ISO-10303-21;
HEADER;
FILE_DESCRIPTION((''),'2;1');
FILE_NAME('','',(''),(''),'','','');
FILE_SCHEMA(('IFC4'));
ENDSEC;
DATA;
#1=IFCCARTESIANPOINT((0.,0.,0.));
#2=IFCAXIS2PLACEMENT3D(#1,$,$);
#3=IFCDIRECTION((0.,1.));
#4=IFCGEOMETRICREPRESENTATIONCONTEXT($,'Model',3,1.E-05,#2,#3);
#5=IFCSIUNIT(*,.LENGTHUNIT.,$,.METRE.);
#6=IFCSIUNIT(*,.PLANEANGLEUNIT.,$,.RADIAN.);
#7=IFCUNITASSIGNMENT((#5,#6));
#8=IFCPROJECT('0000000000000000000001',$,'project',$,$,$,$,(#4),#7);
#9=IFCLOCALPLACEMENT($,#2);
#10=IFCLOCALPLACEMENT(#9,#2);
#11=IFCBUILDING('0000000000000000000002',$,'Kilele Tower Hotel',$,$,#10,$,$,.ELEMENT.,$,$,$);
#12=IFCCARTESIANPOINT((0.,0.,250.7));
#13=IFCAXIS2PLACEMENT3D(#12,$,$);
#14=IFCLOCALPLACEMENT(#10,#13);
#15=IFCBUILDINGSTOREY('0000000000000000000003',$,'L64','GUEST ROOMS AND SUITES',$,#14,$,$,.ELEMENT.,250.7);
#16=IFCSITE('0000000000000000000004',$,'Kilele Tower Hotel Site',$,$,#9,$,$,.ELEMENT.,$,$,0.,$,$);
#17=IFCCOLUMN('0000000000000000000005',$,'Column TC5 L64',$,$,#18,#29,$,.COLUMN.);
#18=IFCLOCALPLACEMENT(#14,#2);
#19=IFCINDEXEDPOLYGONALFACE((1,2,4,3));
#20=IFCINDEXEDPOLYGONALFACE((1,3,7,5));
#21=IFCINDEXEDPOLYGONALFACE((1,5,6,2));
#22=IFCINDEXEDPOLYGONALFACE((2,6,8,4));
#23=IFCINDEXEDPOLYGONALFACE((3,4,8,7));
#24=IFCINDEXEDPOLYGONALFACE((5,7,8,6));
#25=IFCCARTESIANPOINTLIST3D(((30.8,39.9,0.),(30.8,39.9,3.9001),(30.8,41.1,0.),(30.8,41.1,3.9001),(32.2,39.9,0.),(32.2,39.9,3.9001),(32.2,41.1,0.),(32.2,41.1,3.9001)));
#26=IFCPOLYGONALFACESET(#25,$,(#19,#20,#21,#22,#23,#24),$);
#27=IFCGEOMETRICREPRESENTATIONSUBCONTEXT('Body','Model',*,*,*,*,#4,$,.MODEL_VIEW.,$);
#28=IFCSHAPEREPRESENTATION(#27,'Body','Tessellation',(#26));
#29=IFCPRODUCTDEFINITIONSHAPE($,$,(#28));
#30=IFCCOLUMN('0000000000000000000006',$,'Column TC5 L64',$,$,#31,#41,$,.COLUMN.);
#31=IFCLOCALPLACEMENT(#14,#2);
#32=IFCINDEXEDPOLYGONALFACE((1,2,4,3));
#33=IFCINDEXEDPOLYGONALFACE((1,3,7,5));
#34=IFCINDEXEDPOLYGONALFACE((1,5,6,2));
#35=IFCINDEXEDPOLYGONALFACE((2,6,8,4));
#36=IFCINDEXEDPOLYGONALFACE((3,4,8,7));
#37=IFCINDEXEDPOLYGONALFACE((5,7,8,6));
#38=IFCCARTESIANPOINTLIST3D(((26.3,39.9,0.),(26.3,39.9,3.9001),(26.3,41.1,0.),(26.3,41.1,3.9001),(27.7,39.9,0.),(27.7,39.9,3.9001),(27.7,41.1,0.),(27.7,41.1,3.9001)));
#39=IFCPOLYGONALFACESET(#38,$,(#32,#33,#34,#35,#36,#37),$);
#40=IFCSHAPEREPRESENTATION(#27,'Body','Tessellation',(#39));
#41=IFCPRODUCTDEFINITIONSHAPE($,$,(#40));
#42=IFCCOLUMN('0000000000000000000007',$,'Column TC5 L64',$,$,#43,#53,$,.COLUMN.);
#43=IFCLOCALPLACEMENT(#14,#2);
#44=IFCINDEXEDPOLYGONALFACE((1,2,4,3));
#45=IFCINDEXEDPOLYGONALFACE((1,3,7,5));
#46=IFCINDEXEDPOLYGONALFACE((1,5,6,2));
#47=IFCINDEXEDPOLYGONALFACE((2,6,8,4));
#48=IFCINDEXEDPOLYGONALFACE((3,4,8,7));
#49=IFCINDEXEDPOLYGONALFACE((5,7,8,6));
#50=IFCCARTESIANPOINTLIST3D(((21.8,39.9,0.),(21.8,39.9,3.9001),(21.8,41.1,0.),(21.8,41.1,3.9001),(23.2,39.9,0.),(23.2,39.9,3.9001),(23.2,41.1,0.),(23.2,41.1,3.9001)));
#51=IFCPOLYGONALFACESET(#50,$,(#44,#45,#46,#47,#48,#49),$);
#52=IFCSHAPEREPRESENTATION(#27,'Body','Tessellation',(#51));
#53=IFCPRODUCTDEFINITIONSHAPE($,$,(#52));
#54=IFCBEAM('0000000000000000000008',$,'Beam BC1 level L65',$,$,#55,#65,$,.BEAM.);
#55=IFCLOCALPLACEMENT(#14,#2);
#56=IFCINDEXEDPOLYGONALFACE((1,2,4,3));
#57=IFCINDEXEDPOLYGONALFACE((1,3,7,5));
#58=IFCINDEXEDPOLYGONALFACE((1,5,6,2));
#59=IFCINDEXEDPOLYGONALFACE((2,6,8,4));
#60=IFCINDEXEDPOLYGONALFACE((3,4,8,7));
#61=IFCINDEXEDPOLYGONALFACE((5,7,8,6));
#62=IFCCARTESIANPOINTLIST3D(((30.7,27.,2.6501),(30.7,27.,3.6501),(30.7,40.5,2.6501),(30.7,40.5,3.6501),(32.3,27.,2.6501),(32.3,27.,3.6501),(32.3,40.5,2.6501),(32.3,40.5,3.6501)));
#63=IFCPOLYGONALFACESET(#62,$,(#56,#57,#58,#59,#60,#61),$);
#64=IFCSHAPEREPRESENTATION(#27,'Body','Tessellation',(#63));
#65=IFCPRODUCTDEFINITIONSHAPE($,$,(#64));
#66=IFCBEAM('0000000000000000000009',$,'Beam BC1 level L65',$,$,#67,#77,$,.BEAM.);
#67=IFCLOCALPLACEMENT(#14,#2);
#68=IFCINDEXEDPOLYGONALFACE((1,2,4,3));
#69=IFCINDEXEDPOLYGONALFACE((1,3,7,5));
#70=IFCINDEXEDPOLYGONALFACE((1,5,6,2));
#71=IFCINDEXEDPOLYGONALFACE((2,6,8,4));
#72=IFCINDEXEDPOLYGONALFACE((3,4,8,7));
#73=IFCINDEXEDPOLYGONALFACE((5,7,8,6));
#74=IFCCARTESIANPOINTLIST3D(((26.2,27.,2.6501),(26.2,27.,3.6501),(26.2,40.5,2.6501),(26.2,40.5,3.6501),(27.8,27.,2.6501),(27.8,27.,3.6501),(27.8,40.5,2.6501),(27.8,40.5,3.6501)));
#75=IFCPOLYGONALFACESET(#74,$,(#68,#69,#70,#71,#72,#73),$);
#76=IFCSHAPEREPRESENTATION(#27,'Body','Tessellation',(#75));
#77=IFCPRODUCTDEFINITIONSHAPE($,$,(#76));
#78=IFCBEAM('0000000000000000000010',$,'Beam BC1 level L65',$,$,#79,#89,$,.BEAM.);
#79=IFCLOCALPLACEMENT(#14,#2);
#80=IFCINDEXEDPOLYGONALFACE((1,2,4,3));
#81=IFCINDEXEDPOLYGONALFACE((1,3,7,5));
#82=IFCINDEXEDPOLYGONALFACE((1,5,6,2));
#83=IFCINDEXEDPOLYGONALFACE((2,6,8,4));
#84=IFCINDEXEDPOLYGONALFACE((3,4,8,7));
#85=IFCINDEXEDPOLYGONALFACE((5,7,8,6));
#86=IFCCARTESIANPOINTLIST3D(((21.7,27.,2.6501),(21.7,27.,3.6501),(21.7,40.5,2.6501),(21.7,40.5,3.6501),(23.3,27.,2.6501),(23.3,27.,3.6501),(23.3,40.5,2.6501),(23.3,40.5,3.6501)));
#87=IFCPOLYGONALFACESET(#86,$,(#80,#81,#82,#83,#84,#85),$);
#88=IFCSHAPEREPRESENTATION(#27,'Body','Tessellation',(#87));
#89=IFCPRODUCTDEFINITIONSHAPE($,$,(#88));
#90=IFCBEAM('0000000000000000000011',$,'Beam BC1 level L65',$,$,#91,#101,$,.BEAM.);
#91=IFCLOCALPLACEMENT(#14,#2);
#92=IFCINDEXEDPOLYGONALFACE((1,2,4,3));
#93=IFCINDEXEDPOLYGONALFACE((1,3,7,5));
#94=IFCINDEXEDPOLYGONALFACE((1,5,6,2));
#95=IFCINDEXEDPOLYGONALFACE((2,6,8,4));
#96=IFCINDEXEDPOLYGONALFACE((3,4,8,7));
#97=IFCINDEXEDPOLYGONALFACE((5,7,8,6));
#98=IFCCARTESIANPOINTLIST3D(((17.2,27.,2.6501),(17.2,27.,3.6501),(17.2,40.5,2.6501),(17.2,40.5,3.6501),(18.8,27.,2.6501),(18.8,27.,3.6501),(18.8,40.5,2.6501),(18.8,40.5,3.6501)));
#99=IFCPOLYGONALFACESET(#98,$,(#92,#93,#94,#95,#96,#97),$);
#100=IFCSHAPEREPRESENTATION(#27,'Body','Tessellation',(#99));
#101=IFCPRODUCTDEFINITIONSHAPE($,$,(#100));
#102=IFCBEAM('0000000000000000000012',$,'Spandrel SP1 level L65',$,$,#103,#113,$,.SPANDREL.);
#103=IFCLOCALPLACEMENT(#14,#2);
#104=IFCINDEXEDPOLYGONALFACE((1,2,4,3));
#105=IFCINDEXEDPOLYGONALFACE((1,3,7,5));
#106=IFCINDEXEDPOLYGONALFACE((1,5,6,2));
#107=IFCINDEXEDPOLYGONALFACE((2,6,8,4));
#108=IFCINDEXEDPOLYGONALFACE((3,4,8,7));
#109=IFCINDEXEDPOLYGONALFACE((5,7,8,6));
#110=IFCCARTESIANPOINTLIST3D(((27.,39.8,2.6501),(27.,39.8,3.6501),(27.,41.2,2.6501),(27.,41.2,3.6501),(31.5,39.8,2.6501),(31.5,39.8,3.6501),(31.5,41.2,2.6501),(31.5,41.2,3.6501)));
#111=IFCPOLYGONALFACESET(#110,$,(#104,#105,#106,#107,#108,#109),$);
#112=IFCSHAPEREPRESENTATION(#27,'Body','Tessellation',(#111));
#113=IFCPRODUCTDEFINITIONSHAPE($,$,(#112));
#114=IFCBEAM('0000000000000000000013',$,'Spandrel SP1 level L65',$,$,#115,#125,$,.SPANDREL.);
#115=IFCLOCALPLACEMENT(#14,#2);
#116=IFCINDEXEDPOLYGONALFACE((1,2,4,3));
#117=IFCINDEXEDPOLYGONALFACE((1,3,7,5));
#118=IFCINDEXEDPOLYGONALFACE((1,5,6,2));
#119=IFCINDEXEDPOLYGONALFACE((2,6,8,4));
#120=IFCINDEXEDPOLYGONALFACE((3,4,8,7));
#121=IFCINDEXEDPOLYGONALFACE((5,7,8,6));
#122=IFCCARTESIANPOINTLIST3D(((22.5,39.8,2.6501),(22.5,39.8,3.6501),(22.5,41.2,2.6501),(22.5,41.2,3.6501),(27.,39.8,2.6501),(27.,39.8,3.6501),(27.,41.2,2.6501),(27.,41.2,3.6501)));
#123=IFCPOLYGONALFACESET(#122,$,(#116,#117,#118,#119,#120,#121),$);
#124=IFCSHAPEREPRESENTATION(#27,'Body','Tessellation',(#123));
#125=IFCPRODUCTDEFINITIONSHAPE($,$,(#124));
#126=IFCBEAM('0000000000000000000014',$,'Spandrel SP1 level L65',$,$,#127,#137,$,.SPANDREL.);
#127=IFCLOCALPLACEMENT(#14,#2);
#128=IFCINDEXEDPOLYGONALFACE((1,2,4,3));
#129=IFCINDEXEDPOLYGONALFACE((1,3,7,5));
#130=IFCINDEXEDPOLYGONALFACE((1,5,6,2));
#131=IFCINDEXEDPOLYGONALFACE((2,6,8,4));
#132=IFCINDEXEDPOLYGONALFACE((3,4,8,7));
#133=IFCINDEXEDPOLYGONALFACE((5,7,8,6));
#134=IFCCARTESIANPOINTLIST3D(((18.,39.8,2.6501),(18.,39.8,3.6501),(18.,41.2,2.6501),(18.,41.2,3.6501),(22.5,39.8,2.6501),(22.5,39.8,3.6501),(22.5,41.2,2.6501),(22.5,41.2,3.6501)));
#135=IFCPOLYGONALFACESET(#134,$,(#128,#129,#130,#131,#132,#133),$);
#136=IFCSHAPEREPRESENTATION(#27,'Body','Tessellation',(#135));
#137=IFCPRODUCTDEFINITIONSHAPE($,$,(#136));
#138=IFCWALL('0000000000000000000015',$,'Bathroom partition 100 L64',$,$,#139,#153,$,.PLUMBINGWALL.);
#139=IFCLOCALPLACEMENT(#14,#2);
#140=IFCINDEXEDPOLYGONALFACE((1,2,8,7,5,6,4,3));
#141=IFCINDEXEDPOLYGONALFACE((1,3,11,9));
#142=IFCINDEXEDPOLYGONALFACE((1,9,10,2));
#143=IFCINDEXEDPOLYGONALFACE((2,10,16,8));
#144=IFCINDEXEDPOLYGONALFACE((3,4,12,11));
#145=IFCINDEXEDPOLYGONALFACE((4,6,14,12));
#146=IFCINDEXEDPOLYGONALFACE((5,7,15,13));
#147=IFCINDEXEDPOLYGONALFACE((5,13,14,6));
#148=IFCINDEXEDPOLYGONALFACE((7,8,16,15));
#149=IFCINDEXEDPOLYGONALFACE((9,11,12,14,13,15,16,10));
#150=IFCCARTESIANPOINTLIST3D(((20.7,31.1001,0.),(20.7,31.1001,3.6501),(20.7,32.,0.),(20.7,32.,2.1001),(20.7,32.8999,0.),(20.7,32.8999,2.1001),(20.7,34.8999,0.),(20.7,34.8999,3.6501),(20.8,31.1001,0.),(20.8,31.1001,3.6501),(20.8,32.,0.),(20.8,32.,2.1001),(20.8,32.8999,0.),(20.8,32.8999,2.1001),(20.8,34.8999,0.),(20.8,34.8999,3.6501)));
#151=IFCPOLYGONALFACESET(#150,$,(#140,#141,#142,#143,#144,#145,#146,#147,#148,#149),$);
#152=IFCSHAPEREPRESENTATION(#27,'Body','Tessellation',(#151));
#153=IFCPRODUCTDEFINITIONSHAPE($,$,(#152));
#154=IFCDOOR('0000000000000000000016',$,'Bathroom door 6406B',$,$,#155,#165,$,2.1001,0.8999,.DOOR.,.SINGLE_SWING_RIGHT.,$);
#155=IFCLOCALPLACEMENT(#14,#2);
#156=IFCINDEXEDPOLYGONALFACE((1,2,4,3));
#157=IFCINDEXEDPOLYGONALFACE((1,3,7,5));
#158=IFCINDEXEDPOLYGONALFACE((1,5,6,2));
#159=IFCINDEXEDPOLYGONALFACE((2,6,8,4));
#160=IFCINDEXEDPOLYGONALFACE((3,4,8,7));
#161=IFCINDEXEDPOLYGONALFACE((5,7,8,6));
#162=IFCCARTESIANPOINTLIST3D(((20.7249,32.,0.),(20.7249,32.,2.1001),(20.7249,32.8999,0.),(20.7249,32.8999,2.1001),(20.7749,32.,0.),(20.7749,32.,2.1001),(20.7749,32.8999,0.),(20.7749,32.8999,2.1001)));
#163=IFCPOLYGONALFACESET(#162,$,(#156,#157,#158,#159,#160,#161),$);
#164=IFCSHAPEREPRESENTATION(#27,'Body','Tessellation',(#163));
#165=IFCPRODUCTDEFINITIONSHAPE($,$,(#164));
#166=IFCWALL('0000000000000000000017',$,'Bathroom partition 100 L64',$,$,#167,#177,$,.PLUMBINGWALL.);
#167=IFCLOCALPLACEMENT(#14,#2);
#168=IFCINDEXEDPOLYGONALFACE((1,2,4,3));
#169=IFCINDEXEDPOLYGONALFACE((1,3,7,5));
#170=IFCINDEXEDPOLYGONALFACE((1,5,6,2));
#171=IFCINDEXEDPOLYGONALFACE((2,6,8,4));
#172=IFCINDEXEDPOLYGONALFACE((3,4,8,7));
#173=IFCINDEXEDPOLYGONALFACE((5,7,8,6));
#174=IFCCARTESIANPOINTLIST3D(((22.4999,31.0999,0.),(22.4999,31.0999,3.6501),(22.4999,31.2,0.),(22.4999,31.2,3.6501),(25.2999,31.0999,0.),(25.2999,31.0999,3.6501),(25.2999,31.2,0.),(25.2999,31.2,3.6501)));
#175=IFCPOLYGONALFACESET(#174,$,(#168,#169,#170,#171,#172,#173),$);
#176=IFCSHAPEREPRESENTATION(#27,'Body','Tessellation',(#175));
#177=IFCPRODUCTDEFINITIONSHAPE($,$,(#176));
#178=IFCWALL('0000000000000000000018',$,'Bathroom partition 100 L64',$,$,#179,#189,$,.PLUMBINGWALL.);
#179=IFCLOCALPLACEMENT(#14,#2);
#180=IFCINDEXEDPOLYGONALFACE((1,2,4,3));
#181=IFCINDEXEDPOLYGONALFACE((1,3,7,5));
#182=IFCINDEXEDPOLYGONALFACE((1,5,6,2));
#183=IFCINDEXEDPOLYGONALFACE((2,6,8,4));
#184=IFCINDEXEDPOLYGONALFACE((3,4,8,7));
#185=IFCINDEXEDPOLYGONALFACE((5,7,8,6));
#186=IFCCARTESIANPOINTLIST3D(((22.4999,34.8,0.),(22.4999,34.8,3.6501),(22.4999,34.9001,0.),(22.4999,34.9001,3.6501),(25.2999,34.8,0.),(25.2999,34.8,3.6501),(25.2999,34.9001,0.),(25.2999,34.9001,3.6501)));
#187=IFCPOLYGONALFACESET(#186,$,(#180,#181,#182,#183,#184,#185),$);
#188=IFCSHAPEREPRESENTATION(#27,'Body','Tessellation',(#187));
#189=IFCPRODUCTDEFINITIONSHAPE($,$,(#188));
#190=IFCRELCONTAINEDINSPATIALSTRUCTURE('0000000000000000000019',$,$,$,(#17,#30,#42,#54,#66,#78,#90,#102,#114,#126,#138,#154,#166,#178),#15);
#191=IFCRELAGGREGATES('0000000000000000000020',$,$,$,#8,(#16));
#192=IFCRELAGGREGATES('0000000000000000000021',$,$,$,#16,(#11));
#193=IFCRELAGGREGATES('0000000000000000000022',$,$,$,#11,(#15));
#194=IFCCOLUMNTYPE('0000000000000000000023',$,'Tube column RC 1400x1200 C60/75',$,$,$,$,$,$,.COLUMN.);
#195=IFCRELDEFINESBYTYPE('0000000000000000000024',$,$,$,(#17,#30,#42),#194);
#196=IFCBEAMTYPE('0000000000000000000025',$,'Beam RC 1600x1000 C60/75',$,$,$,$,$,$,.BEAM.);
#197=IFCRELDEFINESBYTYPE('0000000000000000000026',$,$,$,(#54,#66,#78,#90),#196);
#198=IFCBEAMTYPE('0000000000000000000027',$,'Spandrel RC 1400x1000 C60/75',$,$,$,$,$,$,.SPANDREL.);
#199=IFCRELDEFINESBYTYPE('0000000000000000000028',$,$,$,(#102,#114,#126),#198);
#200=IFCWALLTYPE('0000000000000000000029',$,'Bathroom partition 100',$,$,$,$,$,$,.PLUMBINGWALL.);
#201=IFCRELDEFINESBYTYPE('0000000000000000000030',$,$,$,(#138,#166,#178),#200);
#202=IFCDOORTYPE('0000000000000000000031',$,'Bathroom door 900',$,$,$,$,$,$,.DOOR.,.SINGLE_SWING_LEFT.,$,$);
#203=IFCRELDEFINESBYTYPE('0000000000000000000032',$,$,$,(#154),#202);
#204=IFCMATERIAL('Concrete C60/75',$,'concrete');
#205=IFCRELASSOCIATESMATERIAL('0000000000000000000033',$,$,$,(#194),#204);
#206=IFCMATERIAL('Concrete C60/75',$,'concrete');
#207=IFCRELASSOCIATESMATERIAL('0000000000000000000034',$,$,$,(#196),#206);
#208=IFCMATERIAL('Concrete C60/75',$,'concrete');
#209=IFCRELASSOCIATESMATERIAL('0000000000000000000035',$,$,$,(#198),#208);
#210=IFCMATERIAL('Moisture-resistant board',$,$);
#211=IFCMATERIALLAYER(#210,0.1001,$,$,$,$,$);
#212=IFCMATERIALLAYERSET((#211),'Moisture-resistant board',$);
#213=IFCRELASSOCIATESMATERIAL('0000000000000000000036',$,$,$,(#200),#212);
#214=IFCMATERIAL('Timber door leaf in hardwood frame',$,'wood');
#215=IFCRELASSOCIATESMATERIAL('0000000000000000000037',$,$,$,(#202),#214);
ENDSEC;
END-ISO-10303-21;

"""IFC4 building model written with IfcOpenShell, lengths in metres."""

from ifc_helpers import new_model, si_unit, direction, frame, frame_2d, origin, origin_2d, place, context, subcontext, project, spatial, rectangle, extrude, material, layer, layer_set, material_profile, profile_set, type_object, element, fill, save


model = new_model("IFC4")

# Units and contexts
model_context = context("Model", 3, precision=1e-05, world=origin(), true_north=direction((0.0, 1.0)))
body_context = subcontext(model_context, "Body", "Model", "MODEL_VIEW")
ifc_project = project(units=[si_unit("LENGTHUNIT", "METRE"), si_unit("PLANEANGLEUNIT", "RADIAN")], contexts=[model_context])

# Site, building, storey
site_placement = place(None, origin())
site = spatial("IfcSite", under=ifc_project, at=site_placement, Name="Kilele Tower Hotel Site", CompositionType="ELEMENT", RefElevation=0.0)
building_placement = place(site_placement, origin())
building = spatial("IfcBuilding", under=site, at=building_placement, Name="Kilele Tower Hotel", CompositionType="ELEMENT")
storey_placement = place(building_placement, frame((0.0, 0.0, 250.7)))
storey = spatial("IfcBuildingStorey", under=building, at=storey_placement, Name="L64", Description="GUEST ROOMS AND SUITES", CompositionType="ELEMENT", Elevation=250.7)

# Columns
ifc_material_1 = material(Name="Concrete C60/75", Category="concrete")
ifc_material_profile_1 = material_profile(ifc_material_1, rectangle(XDim=1.3999, YDim=1.2, at=origin_2d()))
ifc_profile_set_1 = profile_set([ifc_material_profile_1], Name="Concrete C60/75")
column_type = type_object("IfcColumnType", Name="Tube column RC 1400x1200 C60/75", PredefinedType="COLUMN", material=ifc_profile_set_1)
for number, where, z_axis, x_axis, name in (
    (1, (31.5, 40.5, 0.0), (0.0, 0.0, 1.0), (1.0, 0.0, 0.0), "Column TC5 L64"),
    (2, (27.0, 40.5, 0.0), (0.0, 0.0, 1.0), (1.0, 0.0, 0.0), "Column TC5 L64"),
    (3, (22.5, 40.5, 0.0), (0.0, 0.0, 1.0), (1.0, 0.0, 0.0), "Column TC5 L64"),
):
    element("IfcColumn", number, at=place(storey_placement, frame(where, z_axis=z_axis, x_axis=x_axis)), inside=storey, type_object=column_type, Name=name, PredefinedType="COLUMN", context=body_context, shape_type="SweptSolid", body=[
        extrude(rectangle(XDim=1.3999, YDim=1.2, at=origin_2d()), origin(), (0.0, 0.0, 1.0), 3.9001),
    ])

# Beams
ifc_material_2 = material(Name="Concrete C60/75", Category="concrete")
ifc_material_profile_2 = material_profile(ifc_material_2, rectangle(XDim=1.6001, YDim=1.0, at=origin_2d()))
ifc_profile_set_2 = profile_set([ifc_material_profile_2], Name="Concrete C60/75")
beam_type_1 = type_object("IfcBeamType", Name="Beam RC 1600x1000 C60/75", PredefinedType="BEAM", material=ifc_profile_set_2)
for number, where, z_axis, x_axis, name in (
    (4, (31.5, 40.5, 3.1501), (0.0, -1.0, 0.0), (1.0, 0.0, 0.0), "Beam BC1 level L65"),
    (5, (27.0, 40.5, 3.1501), (0.0, -1.0, 0.0), (1.0, 0.0, 0.0), "Beam BC1 level L65"),
    (6, (22.5, 40.5, 3.1501), (0.0, -1.0, 0.0), (1.0, 0.0, 0.0), "Beam BC1 level L65"),
    (7, (18.0, 40.5, 3.1501), (0.0, -1.0, 0.0), (1.0, 0.0, 0.0), "Beam BC1 level L65"),
):
    element("IfcBeam", number, at=place(storey_placement, frame(where, z_axis=z_axis, x_axis=x_axis)), inside=storey, type_object=beam_type_1, Name=name, PredefinedType="BEAM", context=body_context, shape_type="SweptSolid", body=[
        extrude(rectangle(XDim=1.6001, YDim=1.0, at=origin_2d()), origin(), (0.0, 0.0, 1.0), 13.5),
    ])
ifc_material_3 = material(Name="Concrete C60/75", Category="concrete")
ifc_material_profile_3 = material_profile(ifc_material_3, rectangle(XDim=1.3999, YDim=1.0, at=origin_2d()))
ifc_profile_set_3 = profile_set([ifc_material_profile_3], Name="Concrete C60/75")
beam_type_2 = type_object("IfcBeamType", Name="Spandrel RC 1400x1000 C60/75", PredefinedType="SPANDREL", material=ifc_profile_set_3)
for number, where, z_axis, x_axis, name in (
    (8, (31.5, 40.5, 3.1501), (-1.0, 0.0, 0.0), (0.0, -1.0, 0.0), "Spandrel SP1 level L65"),
    (9, (27.0, 40.5, 3.1501), (-1.0, 0.0, 0.0), (0.0, -1.0, 0.0), "Spandrel SP1 level L65"),
    (10, (22.5, 40.5, 3.1501), (-1.0, 0.0, 0.0), (0.0, -1.0, 0.0), "Spandrel SP1 level L65"),
):
    element("IfcBeam", number, at=place(storey_placement, frame(where, z_axis=z_axis, x_axis=x_axis)), inside=storey, type_object=beam_type_2, Name=name, PredefinedType="SPANDREL", context=body_context, shape_type="SweptSolid", body=[
        extrude(rectangle(XDim=1.3999, YDim=1.0, at=origin_2d()), origin(), (0.0, 0.0, 1.0), 4.5),
    ])

# Wall, opening, door
ifc_material_4 = material(Name="Moisture-resistant board")
ifc_layer_1 = layer(ifc_material_4, 0.1001)
ifc_layer_set_1 = layer_set([ifc_layer_1], Name="Moisture-resistant board")
wall_type_1 = type_object("IfcWallType", Name="Bathroom partition 100", PredefinedType="PLUMBINGWALL", material=ifc_layer_set_1)
wall_1_placement = place(storey_placement, frame((20.75, 31.1001, 0.0), z_axis=(0.0, 0.0, 1.0), x_axis=(0.0, 1.0, 0.0)))
wall_1 = element("IfcWall", 11, at=wall_1_placement, inside=storey, type_object=wall_type_1, Name="Bathroom partition 100 L64", PredefinedType="PLUMBINGWALL", context=body_context, shape_type="SweptSolid", body=[
    extrude(rectangle(XDim=3.7998, YDim=0.1001, at=frame_2d((1.8999, 0.0))), origin(), (0.0, 0.0, 1.0), 3.6501),
])
opening_1_placement = place(wall_1_placement, frame((1.7998, 0.0, 0.0), z_axis=(0.0, 0.0, 1.0), x_axis=(-1.0, 0.0, 0.0)))
opening_1 = element("IfcOpeningElement", 12, at=opening_1_placement, cuts=wall_1, PredefinedType="OPENING", context=body_context, shape_type="SweptSolid", body=[
    extrude(rectangle(XDim=0.8999, YDim=2.1001, at=frame_2d((0.45, 1.05))), frame((0.0, 0.0601, 0.0), z_axis=(0.0, -1.0, 0.0), x_axis=(1.0, 0.0, 0.0)), (0.0, 0.0, 1.0), 0.1201),
])
ifc_material_5 = material(Name="Timber door leaf in hardwood frame", Category="wood")
door_type = type_object("IfcDoorType", Name="Bathroom door 900", OperationType="SINGLE_SWING_LEFT", PredefinedType="DOOR", material=ifc_material_5)
door_1_placement = place(opening_1_placement, origin())
door_1 = element("IfcDoor", 13, at=door_1_placement, inside=storey, type_object=door_type, Name="Bathroom door 6406B", OperationType="SINGLE_SWING_RIGHT", OverallHeight=2.1001, OverallWidth=0.8999, PredefinedType="DOOR", context=body_context, shape_type="SweptSolid", body=[
    extrude(rectangle(XDim=0.8999, YDim=2.1001, at=frame_2d((0.45, 1.05))), frame((0.0, 0.0249, 0.0), z_axis=(0.0, -1.0, 0.0), x_axis=(1.0, 0.0, 0.0)), (0.0, 0.0, 1.0), 0.05),
])
fill(opening_1, door_1)

# Walls
for number, where, z_axis, x_axis, name in (
    (14, (22.5, 31.1499, 0.0), (0.0, 0.0, 1.0), (1.0, 0.0, 0.0), "Bathroom partition 100 L64"),
    (15, (22.5, 34.8501, 0.0), (0.0, 0.0, 1.0), (1.0, 0.0, 0.0), "Bathroom partition 100 L64"),
):
    element("IfcWall", number, at=place(storey_placement, frame(where, z_axis=z_axis, x_axis=x_axis)), inside=storey, type_object=wall_type_1, Name=name, PredefinedType="PLUMBINGWALL", context=body_context, shape_type="SweptSolid", body=[
        extrude(rectangle(XDim=2.8, YDim=0.1001, at=frame_2d((1.3999, 0.0))), origin(), (0.0, 0.0, 1.0), 3.6501),
    ])

save(model, "model.ifc")
